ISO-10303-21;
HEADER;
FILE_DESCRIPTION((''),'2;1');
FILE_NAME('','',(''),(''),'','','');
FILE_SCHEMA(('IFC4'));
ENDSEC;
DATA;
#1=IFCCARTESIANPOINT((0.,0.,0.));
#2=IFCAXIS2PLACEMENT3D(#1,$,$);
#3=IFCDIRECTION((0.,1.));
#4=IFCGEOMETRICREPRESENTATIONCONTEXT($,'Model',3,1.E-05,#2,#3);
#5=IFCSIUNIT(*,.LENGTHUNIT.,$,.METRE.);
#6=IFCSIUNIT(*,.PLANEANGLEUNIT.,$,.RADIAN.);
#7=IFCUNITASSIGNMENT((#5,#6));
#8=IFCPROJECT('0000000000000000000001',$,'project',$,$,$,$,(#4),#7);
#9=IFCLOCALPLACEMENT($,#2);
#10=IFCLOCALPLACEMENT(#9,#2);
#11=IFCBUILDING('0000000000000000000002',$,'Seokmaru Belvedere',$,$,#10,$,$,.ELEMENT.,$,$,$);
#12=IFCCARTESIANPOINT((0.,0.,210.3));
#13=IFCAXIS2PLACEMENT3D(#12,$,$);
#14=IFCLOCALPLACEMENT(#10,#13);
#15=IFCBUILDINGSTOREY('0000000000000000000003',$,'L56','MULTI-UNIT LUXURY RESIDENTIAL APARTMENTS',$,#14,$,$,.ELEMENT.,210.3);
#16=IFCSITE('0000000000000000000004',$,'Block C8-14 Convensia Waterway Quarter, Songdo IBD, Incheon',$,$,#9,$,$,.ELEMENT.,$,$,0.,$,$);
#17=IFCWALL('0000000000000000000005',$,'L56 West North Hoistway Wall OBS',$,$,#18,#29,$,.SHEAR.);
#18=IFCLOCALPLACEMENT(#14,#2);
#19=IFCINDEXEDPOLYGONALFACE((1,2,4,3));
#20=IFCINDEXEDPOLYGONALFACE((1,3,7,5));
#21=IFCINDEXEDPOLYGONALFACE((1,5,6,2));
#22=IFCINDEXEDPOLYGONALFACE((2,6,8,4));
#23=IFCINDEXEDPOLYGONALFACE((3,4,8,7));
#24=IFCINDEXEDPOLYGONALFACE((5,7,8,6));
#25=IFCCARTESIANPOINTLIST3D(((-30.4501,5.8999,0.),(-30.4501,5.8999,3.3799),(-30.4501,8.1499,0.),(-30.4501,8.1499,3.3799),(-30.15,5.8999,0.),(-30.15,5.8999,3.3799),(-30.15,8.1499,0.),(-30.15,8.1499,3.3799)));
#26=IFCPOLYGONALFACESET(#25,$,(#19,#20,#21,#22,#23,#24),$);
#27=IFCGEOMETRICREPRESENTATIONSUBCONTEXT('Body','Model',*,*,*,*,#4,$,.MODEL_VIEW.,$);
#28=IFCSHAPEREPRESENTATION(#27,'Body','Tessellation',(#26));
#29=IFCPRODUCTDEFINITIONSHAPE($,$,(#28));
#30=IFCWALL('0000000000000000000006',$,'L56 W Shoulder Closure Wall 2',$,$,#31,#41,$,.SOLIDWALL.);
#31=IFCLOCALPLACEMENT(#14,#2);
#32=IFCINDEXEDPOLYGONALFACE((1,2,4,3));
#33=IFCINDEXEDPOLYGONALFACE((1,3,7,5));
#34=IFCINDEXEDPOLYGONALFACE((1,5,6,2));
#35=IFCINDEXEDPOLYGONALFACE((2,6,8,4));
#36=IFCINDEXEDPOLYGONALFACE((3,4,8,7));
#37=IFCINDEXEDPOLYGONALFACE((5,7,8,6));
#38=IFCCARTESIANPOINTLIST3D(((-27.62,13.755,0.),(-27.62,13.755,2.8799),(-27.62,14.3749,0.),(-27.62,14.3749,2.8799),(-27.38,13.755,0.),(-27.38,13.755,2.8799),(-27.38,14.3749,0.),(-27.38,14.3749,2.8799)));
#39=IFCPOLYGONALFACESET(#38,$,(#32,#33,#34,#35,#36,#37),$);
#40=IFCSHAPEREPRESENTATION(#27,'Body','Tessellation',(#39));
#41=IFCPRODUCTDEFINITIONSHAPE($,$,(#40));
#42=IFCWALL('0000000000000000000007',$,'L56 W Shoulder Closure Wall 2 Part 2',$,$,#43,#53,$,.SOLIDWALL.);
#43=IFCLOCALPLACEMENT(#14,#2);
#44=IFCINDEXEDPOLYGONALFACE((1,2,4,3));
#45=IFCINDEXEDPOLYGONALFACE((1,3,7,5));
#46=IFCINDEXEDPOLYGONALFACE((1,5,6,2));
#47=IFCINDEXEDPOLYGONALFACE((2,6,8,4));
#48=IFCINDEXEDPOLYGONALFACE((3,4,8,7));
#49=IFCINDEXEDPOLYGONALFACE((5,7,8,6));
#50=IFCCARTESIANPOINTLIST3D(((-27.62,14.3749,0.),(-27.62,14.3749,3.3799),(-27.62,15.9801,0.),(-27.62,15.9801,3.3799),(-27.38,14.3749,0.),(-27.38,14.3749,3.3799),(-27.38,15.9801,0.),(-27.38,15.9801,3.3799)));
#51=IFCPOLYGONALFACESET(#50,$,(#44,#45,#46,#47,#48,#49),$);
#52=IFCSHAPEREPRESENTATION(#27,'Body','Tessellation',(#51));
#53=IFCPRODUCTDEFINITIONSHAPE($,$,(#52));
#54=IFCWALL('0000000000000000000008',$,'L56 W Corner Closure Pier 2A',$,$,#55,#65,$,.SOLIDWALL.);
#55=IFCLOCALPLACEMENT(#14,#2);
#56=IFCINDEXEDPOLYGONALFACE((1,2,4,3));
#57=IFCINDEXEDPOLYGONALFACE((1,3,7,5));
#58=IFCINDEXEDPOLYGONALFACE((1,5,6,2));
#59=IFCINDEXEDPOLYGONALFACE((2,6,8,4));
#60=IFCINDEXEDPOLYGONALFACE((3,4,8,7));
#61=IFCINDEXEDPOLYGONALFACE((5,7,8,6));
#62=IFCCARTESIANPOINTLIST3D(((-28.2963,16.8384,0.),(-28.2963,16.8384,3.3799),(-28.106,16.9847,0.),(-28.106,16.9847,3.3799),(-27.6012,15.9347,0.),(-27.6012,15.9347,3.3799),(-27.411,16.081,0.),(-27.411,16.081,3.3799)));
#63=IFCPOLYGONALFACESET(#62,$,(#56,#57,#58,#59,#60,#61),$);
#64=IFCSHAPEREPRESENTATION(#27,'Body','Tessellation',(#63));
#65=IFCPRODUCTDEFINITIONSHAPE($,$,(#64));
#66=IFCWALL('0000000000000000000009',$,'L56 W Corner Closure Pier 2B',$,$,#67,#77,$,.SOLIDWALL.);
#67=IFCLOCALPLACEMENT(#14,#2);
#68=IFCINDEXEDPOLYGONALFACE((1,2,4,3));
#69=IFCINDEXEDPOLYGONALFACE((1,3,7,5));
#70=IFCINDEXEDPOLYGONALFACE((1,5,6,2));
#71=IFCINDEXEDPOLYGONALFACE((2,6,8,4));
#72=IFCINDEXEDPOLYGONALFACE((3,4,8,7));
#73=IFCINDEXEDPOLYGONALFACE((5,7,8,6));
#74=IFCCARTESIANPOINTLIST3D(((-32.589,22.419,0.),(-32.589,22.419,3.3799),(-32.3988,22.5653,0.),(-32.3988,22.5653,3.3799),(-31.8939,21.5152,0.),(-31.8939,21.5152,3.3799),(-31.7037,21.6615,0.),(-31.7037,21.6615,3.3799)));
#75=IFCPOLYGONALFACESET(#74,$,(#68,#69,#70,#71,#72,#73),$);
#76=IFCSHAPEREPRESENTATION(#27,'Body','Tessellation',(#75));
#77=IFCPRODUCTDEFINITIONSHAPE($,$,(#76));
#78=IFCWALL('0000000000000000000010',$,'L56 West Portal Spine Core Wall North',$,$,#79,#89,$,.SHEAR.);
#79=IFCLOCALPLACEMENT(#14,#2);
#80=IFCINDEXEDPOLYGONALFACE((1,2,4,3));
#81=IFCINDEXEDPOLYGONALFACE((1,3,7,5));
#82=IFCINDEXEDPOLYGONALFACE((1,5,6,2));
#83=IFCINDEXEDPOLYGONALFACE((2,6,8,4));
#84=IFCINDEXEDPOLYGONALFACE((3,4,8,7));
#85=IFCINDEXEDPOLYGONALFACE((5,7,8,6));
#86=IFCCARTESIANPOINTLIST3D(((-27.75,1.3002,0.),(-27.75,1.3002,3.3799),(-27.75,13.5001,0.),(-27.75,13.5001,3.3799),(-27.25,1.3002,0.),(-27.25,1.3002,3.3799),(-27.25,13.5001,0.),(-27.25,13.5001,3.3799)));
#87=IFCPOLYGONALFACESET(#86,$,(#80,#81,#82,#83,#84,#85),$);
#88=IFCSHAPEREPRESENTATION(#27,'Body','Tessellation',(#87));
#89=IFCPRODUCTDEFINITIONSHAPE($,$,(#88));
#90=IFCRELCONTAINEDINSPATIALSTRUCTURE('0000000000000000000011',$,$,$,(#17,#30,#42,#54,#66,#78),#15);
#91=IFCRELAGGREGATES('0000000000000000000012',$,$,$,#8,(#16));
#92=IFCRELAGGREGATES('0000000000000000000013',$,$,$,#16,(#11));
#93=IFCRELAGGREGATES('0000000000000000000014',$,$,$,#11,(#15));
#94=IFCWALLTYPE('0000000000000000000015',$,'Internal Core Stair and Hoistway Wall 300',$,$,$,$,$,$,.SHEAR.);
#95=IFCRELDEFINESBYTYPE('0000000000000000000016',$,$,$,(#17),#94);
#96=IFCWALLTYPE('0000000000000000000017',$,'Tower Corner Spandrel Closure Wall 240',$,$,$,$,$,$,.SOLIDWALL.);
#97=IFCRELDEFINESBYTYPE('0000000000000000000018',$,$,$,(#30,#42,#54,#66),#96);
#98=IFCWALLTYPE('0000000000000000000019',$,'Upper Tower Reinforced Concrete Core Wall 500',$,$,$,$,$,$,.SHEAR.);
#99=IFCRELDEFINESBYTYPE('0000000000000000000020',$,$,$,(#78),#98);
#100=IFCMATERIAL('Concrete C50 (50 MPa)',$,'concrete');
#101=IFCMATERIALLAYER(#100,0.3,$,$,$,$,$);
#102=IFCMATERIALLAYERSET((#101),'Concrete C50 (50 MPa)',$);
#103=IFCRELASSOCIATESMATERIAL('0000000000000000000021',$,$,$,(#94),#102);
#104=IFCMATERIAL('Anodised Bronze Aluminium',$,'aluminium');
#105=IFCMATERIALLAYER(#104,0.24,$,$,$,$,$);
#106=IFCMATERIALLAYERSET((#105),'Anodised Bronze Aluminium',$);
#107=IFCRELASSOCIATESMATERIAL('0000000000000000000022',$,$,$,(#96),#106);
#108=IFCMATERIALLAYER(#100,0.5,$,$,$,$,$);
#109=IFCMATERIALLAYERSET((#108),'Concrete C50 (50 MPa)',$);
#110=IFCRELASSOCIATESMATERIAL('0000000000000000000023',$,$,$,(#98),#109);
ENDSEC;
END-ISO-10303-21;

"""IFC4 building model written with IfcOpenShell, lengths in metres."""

from ifc_helpers import new_model, si_unit, direction, frame, frame_2d, origin, place, context, subcontext, project, spatial, rectangle, extrude, material, layer, layer_set, type_object, element, save


model = new_model("IFC4")

# Units and contexts
model_context = context("Model", 3, precision=1e-05, world=origin(), true_north=direction((0.0, 1.0)))
body_context = subcontext(model_context, "Body", "Model", "MODEL_VIEW")
ifc_project = project(units=[si_unit("LENGTHUNIT", "METRE"), si_unit("PLANEANGLEUNIT", "RADIAN")], contexts=[model_context])

# Site, building, storey
site_placement = place(None, origin())
site = spatial("IfcSite", under=ifc_project, at=site_placement, Name="Block C8-14 Convensia Waterway Quarter, Songdo IBD, Incheon", CompositionType="ELEMENT", RefElevation=0.0)
building_placement = place(site_placement, origin())
building = spatial("IfcBuilding", under=site, at=building_placement, Name="Seokmaru Belvedere", CompositionType="ELEMENT")
storey_placement = place(building_placement, frame((0.0, 0.0, 210.3)))
storey = spatial("IfcBuildingStorey", under=building, at=storey_placement, Name="L56", Description="MULTI-UNIT LUXURY RESIDENTIAL APARTMENTS", CompositionType="ELEMENT", Elevation=210.3)

# Shared definitions
ifc_material_1 = material(Name="Anodised Bronze Aluminium", Category="aluminium")

# Shared definitions
ifc_material_2 = material(Name="Concrete C50 (50 MPa)", Category="concrete")

# Shared definitions
ifc_layer_1 = layer(ifc_material_2, 0.3)
ifc_layer_set_1 = layer_set([ifc_layer_1], Name="Concrete C50 (50 MPa)")
wall_type_1 = type_object("IfcWallType", Name="Internal Core Stair and Hoistway Wall 300", PredefinedType="SHEAR", material=ifc_layer_set_1)

# Wall
wall_1_placement = place(storey_placement, frame((-30.3, 5.8999, 0.0), z_axis=(0.0, 0.0, 1.0), x_axis=(0.0, 1.0, 0.0)))
element("IfcWall", 1, at=wall_1_placement, inside=storey, type_object=wall_type_1, Name="L56 West North Hoistway Wall OBS", PredefinedType="SHEAR", context=body_context, shape_type="SweptSolid", body=[
    extrude(rectangle(XDim=2.25, YDim=0.3, at=frame_2d((1.125, 0.0))), origin(), (0.0, 0.0, 1.0), 3.3799),
])

# Walls
ifc_layer_2 = layer(ifc_material_1, 0.24)
ifc_layer_set_2 = layer_set([ifc_layer_2], Name="Anodised Bronze Aluminium")
wall_type_2 = type_object("IfcWallType", Name="Tower Corner Spandrel Closure Wall 240", PredefinedType="SOLIDWALL", material=ifc_layer_set_2)
wall_2_placement = place(storey_placement, frame((-27.5, 13.7549, 0.0), z_axis=(0.0, 0.0, 1.0), x_axis=(0.0, 1.0, 0.0)))
element("IfcWall", 2, at=wall_2_placement, inside=storey, type_object=wall_type_2, Name="L56 W Shoulder Closure Wall 2", PredefinedType="SOLIDWALL", context=body_context, shape_type="SweptSolid", body=[
    extrude(rectangle(XDim=0.6199, YDim=0.24, at=frame_2d((0.3101, 0.0))), origin(), (0.0, 0.0, 1.0), 2.8799),
])
wall_3_placement = place(storey_placement, frame((-27.5, 14.3748, 0.0), z_axis=(0.0, 0.0, 1.0), x_axis=(0.0, 1.0, 0.0)))
element("IfcWall", 3, at=wall_3_placement, inside=storey, type_object=wall_type_2, Name="L56 W Shoulder Closure Wall 2 Part 2", PredefinedType="SOLIDWALL", context=body_context, shape_type="SweptSolid", body=[
    extrude(rectangle(XDim=1.6052, YDim=0.24, at=frame_2d((0.8027, 0.0))), origin(), (0.0, 0.0, 1.0), 3.3799),
])
for number, where, z_axis, x_axis, name in (
    (4, (-27.5061, 16.0078, 0.0), (0.0, 0.0, 1.0), (-0.609618, 0.792696, 0.0), "L56 W Corner Closure Pier 2A"),
    (5, (-31.7988, 21.5884, 0.0), (0.0, 0.0, 1.0), (-0.609618, 0.792696, 0.0), "L56 W Corner Closure Pier 2B"),
):
    element("IfcWall", number, at=place(storey_placement, frame(where, z_axis=z_axis, x_axis=x_axis)), inside=storey, type_object=wall_type_2, Name=name, PredefinedType="SOLIDWALL", context=body_context, shape_type="SweptSolid", body=[
        extrude(rectangle(XDim=1.1401, YDim=0.24, at=frame_2d((0.5701, 0.0))), origin(), (0.0, 0.0, 1.0), 3.3799),
    ])
ifc_layer_3 = layer(ifc_material_2, 0.5)
ifc_layer_set_3 = layer_set([ifc_layer_3], Name="Concrete C50 (50 MPa)")
wall_type_3 = type_object("IfcWallType", Name="Upper Tower Reinforced Concrete Core Wall 500", PredefinedType="SHEAR", material=ifc_layer_set_3)
wall_4_placement = place(storey_placement, frame((-27.5, 1.3, 0.0), z_axis=(0.0, 0.0, 1.0), x_axis=(0.0, 1.0, 0.0)))
element("IfcWall", 6, at=wall_4_placement, inside=storey, type_object=wall_type_3, Name="L56 West Portal Spine Core Wall North", PredefinedType="SHEAR", context=body_context, shape_type="SweptSolid", body=[
    extrude(rectangle(XDim=12.2, YDim=0.5, at=frame_2d((6.1001, 0.0))), origin(), (0.0, 0.0, 1.0), 3.3799),
])

save(model, "model.ifc")
